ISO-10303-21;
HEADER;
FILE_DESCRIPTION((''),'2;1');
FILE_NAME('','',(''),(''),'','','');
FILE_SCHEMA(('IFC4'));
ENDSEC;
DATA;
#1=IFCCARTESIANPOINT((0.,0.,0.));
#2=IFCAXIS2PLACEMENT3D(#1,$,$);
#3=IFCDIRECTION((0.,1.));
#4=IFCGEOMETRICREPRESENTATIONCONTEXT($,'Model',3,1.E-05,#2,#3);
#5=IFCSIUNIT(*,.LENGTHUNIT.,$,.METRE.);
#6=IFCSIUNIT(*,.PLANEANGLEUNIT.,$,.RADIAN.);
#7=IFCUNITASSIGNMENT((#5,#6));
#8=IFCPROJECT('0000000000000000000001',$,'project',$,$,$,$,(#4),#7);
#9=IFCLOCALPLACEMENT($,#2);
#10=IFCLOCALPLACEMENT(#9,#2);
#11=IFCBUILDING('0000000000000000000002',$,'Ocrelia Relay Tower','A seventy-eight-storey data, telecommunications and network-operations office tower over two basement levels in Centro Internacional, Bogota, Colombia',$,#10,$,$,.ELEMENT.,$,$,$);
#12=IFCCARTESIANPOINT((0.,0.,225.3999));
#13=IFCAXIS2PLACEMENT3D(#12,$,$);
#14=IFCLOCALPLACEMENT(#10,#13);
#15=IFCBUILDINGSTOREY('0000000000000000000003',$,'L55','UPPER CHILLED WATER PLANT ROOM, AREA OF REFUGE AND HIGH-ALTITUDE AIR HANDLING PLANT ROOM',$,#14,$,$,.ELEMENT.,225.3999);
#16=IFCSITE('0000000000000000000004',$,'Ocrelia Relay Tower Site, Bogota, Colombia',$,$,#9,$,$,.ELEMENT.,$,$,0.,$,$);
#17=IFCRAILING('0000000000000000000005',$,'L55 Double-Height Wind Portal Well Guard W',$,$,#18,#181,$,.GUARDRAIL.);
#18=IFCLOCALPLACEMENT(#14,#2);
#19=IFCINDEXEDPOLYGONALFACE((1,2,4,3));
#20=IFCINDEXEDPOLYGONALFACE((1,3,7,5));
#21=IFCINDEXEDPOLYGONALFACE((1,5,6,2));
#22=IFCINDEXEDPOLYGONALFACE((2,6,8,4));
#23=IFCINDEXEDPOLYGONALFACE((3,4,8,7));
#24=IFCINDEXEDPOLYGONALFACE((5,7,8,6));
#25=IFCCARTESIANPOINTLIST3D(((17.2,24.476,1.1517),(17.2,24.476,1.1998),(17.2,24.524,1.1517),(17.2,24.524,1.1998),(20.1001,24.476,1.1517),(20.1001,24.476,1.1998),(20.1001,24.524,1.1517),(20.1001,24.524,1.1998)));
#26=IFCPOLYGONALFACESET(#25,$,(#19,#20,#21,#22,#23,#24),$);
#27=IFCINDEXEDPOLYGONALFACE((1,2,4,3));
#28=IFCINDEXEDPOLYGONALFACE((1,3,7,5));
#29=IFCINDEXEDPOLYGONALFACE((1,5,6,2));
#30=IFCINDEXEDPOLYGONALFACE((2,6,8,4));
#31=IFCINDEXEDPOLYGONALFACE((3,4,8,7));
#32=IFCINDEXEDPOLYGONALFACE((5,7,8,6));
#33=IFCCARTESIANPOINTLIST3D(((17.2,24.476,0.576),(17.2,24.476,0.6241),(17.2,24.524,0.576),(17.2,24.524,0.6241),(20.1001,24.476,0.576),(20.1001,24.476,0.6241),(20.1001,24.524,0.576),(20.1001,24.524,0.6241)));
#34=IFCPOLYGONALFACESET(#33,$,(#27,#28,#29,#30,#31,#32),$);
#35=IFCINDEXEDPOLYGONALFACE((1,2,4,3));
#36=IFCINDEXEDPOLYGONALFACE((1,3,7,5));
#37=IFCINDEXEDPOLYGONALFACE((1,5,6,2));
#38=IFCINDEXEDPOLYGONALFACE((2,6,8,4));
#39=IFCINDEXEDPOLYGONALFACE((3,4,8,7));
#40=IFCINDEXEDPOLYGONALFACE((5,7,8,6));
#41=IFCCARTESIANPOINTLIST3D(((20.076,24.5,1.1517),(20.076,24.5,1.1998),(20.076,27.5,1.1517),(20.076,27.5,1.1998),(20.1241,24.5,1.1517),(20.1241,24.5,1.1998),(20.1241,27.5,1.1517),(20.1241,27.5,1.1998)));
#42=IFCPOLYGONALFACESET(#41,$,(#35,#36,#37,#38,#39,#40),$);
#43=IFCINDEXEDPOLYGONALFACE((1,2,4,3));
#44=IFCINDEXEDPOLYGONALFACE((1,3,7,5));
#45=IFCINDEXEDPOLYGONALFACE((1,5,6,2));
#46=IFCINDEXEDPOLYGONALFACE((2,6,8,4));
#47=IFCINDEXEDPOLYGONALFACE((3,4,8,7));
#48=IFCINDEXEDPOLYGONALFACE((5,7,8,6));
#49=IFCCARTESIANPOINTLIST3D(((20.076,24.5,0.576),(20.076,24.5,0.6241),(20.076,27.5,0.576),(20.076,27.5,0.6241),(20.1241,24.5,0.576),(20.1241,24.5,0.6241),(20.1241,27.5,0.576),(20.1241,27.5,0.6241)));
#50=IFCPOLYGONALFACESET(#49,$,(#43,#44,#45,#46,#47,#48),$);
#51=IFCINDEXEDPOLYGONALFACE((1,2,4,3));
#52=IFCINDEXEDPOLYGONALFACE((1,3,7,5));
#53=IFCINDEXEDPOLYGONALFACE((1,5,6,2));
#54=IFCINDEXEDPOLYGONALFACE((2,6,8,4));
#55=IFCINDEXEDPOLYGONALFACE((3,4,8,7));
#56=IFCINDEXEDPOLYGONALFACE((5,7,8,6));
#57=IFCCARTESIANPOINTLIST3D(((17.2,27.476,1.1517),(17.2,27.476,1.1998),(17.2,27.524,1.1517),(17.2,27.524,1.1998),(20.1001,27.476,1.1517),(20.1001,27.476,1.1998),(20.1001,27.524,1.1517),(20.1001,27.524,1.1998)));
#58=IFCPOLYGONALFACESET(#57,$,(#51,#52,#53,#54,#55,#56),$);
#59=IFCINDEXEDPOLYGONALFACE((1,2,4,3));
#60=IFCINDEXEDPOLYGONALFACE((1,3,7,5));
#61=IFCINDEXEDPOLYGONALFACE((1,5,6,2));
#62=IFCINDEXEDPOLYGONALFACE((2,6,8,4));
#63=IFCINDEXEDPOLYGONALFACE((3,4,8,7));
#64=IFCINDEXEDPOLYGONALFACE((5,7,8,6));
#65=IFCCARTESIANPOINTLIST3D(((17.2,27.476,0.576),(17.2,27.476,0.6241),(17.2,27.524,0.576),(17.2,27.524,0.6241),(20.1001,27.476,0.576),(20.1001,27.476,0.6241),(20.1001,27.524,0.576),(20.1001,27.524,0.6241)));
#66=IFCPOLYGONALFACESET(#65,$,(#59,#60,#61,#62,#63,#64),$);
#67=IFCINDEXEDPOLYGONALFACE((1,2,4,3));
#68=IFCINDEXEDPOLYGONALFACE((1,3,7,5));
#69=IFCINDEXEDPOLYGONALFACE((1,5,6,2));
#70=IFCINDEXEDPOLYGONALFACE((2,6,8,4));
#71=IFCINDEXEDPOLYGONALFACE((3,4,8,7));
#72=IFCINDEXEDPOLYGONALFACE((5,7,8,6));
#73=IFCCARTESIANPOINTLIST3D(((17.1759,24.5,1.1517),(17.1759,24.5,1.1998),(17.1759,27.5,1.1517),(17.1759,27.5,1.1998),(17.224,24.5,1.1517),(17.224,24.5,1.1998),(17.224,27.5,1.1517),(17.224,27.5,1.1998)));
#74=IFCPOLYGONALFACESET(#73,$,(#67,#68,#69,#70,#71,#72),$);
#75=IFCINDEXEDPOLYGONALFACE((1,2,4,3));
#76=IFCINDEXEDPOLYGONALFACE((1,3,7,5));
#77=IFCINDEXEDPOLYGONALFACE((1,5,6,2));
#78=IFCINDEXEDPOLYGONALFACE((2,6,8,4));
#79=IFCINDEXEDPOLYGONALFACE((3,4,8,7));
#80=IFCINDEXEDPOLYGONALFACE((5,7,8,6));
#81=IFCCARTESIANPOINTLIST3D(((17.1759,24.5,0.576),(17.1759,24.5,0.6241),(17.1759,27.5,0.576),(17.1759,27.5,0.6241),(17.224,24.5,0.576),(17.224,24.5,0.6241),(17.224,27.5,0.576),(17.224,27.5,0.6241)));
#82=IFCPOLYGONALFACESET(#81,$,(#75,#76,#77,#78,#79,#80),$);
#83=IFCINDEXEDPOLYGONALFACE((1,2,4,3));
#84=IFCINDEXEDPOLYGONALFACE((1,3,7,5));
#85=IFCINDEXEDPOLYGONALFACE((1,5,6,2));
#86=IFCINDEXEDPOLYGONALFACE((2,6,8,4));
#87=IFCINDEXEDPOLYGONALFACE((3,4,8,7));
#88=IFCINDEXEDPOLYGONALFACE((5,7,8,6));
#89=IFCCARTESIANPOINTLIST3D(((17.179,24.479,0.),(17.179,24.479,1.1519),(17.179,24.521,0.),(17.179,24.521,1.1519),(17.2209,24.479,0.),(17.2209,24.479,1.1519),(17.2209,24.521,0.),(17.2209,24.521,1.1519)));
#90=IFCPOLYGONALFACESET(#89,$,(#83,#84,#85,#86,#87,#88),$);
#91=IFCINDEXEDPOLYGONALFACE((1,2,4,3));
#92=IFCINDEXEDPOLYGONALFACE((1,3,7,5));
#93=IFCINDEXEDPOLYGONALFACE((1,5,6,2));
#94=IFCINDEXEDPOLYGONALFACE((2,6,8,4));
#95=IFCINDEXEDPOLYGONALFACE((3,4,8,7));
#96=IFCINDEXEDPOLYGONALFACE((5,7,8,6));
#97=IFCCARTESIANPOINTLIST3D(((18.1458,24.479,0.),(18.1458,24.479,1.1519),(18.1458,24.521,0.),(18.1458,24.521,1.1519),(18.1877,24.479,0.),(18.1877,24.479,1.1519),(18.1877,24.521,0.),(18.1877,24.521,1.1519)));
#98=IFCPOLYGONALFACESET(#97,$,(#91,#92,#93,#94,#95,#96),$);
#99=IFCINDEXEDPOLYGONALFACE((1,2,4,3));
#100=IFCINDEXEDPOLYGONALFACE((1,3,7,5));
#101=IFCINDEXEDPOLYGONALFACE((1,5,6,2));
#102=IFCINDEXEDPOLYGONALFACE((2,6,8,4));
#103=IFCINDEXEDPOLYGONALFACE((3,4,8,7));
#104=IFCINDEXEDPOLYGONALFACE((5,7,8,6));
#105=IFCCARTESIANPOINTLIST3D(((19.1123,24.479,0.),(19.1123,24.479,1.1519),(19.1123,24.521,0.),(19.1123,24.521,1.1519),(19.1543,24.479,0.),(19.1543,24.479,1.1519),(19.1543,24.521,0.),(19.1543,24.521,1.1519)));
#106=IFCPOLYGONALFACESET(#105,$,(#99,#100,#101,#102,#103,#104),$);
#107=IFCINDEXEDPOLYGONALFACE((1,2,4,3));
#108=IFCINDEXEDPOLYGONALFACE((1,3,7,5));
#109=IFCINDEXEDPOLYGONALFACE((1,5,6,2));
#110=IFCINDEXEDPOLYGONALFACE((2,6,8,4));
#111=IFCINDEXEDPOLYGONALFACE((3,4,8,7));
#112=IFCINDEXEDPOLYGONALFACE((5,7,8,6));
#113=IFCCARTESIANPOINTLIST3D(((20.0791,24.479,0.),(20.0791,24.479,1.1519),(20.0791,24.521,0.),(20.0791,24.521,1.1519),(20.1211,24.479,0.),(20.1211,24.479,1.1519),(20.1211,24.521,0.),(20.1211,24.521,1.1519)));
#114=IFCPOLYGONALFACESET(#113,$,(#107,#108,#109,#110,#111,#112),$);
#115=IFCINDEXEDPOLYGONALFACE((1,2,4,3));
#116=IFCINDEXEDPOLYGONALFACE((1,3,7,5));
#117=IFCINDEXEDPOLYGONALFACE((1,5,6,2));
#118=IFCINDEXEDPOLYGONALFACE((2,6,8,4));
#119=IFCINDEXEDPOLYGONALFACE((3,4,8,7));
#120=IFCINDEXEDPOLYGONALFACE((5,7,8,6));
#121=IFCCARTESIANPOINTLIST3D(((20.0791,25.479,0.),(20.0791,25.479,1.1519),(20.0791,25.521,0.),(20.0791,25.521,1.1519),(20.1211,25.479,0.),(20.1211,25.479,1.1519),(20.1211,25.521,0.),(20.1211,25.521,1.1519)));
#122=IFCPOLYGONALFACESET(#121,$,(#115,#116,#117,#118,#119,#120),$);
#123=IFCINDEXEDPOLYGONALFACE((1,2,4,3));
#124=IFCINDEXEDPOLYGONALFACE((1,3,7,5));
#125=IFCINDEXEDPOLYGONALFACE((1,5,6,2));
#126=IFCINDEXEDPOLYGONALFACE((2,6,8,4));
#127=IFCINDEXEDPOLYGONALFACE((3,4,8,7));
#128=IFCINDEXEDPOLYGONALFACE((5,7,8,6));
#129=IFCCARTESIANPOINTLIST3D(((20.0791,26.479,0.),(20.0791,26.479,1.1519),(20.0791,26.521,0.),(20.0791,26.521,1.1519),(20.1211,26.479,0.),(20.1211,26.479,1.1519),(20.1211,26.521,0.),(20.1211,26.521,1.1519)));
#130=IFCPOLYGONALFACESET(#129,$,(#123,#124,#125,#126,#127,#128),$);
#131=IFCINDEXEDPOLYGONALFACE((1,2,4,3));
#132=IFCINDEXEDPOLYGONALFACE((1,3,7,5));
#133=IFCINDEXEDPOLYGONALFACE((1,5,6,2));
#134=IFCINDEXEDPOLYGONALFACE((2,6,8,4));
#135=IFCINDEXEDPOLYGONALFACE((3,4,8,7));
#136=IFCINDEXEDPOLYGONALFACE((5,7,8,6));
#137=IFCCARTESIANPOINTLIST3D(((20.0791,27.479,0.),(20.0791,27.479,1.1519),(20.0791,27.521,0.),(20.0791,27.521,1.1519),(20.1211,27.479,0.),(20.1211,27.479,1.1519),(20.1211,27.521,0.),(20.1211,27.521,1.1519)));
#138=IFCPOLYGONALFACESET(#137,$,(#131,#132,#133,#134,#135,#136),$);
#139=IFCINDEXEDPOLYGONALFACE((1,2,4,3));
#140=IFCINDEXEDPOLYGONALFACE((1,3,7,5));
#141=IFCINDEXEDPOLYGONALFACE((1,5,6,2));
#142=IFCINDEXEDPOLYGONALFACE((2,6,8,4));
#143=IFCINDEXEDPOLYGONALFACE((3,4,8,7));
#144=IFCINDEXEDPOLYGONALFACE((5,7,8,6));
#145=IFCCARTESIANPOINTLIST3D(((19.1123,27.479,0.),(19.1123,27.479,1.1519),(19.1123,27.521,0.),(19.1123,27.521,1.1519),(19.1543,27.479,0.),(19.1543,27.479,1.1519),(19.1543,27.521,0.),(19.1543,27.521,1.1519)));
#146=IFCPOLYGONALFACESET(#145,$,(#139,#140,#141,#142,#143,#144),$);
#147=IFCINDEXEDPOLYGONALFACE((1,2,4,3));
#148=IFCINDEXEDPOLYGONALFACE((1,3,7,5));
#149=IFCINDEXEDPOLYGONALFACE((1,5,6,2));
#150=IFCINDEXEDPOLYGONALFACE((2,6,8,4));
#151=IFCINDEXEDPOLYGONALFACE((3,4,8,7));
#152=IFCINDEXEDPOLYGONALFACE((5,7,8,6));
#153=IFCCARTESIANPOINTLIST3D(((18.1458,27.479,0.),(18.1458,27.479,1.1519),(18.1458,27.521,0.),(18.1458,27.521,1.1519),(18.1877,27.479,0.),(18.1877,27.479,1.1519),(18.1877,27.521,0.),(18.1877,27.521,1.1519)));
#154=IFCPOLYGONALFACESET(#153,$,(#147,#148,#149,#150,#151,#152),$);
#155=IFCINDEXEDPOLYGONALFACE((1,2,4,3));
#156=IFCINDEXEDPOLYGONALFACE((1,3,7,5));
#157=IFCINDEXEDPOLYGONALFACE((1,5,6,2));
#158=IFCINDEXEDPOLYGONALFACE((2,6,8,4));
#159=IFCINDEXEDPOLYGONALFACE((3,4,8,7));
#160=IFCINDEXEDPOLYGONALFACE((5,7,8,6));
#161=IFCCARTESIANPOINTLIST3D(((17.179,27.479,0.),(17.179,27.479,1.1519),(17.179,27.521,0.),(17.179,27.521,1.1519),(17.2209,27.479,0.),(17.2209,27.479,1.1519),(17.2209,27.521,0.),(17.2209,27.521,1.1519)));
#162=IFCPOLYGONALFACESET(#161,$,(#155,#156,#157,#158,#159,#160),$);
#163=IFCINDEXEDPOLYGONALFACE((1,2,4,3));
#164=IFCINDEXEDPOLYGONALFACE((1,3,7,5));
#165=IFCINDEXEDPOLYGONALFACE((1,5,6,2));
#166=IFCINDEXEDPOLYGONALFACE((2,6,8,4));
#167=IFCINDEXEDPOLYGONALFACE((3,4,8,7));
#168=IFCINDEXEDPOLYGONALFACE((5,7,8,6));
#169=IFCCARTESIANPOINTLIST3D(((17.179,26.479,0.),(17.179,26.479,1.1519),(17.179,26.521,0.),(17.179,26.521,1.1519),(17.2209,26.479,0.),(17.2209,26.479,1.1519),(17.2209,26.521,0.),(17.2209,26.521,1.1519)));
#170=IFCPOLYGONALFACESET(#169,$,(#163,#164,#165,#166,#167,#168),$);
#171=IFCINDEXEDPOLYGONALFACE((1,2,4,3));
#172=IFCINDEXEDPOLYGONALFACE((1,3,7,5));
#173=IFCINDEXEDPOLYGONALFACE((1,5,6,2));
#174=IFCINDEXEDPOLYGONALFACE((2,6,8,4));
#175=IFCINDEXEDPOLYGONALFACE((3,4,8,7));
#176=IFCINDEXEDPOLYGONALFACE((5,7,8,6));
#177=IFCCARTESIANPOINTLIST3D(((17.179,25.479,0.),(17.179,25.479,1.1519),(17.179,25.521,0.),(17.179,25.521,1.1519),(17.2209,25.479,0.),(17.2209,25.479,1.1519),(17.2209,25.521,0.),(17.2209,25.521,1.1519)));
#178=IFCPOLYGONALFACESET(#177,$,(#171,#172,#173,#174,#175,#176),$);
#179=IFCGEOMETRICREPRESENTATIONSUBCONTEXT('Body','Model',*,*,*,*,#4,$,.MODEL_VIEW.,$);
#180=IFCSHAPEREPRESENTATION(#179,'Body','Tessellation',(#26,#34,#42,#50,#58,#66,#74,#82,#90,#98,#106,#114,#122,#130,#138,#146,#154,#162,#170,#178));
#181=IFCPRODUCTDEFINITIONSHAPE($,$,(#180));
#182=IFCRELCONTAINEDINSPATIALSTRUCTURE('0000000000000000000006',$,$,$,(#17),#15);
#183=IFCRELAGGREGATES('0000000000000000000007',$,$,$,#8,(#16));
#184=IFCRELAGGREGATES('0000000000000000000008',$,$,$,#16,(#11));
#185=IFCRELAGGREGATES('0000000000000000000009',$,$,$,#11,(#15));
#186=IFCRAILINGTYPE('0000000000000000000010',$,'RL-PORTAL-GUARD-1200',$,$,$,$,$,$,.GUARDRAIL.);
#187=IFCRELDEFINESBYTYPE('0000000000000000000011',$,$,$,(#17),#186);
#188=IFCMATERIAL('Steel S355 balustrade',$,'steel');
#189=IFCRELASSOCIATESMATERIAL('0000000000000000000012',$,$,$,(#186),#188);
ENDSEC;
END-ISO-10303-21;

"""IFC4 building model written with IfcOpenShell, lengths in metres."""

from ifc_helpers import new_model, si_unit, direction, frame, origin, origin_2d, place, context, subcontext, project, spatial, rectangle, extrude, material, type_object, element, save


model = new_model("IFC4")

# Units and contexts
model_context = context("Model", 3, precision=1e-05, world=origin(), true_north=direction((0.0, 1.0)))
body_context = subcontext(model_context, "Body", "Model", "MODEL_VIEW")
ifc_project = project(units=[si_unit("LENGTHUNIT", "METRE"), si_unit("PLANEANGLEUNIT", "RADIAN")], contexts=[model_context])

# Site, building, storey
site_placement = place(None, origin())
site = spatial("IfcSite", under=ifc_project, at=site_placement, Name="Ocrelia Relay Tower Site, Bogota, Colombia", CompositionType="ELEMENT", RefElevation=0.0)
building_placement = place(site_placement, origin())
building = spatial("IfcBuilding", under=site, at=building_placement, Name="Ocrelia Relay Tower", Description="A seventy-eight-storey data, telecommunications and network-operations office tower over two basement levels in Centro Internacional, Bogota, Colombia", CompositionType="ELEMENT")
storey_placement = place(building_placement, frame((0.0, 0.0, 225.3999)))
storey = spatial("IfcBuildingStorey", under=building, at=storey_placement, Name="L55", Description="UPPER CHILLED WATER PLANT ROOM, AREA OF REFUGE AND HIGH-ALTITUDE AIR HANDLING PLANT ROOM", CompositionType="ELEMENT", Elevation=225.3999)

# Railing
ifc_material_1 = material(Name="Steel S355 balustrade", Category="steel")
railing_type = type_object("IfcRailingType", Name="RL-PORTAL-GUARD-1200", PredefinedType="GUARDRAIL", material=ifc_material_1)
railing_1_placement = place(storey_placement, frame((17.2, 24.5, 0.0)))
element("IfcRailing", 1, at=railing_1_placement, inside=storey, type_object=railing_type, Name="L55 Double-Height Wind Portal Well Guard W", PredefinedType="GUARDRAIL", context=body_context, shape_type="SweptSolid", body=[
    extrude(rectangle(XDim=0.0481, YDim=0.0481, at=origin_2d()), frame((0.0, 0.0, 1.1758), z_axis=(1.0, 0.0, 0.0), x_axis=(0.0, 1.0, 0.0)), (0.0, 0.0, 1.0), 2.9001),
    extrude(rectangle(XDim=0.0481, YDim=0.0481, at=origin_2d()), frame((0.0, 0.0, 0.6001), z_axis=(1.0, 0.0, 0.0), x_axis=(0.0, 1.0, 0.0)), (0.0, 0.0, 1.0), 2.9001),
    extrude(rectangle(XDim=0.0481, YDim=0.0481, at=origin_2d()), frame((2.9001, 0.0, 1.1758), z_axis=(0.0, 1.0, 0.0), x_axis=(-1.0, 0.0, 0.0)), (0.0, 0.0, 1.0), 3.0),
    extrude(rectangle(XDim=0.0481, YDim=0.0481, at=origin_2d()), frame((2.9001, 0.0, 0.6001), z_axis=(0.0, 1.0, 0.0), x_axis=(-1.0, 0.0, 0.0)), (0.0, 0.0, 1.0), 3.0),
    extrude(rectangle(XDim=0.0481, YDim=0.0481, at=origin_2d()), frame((2.9001, 3.0, 1.1758), z_axis=(-1.0, 0.0, 0.0), x_axis=(0.0, -1.0, 0.0)), (0.0, 0.0, 1.0), 2.9001),
    extrude(rectangle(XDim=0.0481, YDim=0.0481, at=origin_2d()), frame((2.9001, 3.0, 0.6001), z_axis=(-1.0, 0.0, 0.0), x_axis=(0.0, -1.0, 0.0)), (0.0, 0.0, 1.0), 2.9001),
    extrude(rectangle(XDim=0.0481, YDim=0.0481, at=origin_2d()), frame((0.0, 3.0, 1.1758), z_axis=(0.0, -1.0, 0.0), x_axis=(1.0, 0.0, 0.0)), (0.0, 0.0, 1.0), 3.0),
    extrude(rectangle(XDim=0.0481, YDim=0.0481, at=origin_2d()), frame((0.0, 3.0, 0.6001), z_axis=(0.0, -1.0, 0.0), x_axis=(1.0, 0.0, 0.0)), (0.0, 0.0, 1.0), 3.0),
    extrude(rectangle(XDim=0.042, YDim=0.042, at=origin_2d()), origin(), (0.0, 0.0, 1.0), 1.1519),
    extrude(rectangle(XDim=0.042, YDim=0.042, at=origin_2d()), frame((0.9668, 0.0, 0.0)), (0.0, 0.0, 1.0), 1.1519),
    extrude(rectangle(XDim=0.042, YDim=0.042, at=origin_2d()), frame((1.9333, 0.0, 0.0)), (0.0, 0.0, 1.0), 1.1519),
    extrude(rectangle(XDim=0.042, YDim=0.042, at=origin_2d()), frame((2.9001, 0.0, 0.0)), (0.0, 0.0, 1.0), 1.1519),
    extrude(rectangle(XDim=0.042, YDim=0.042, at=origin_2d()), frame((2.9001, 1.0, 0.0)), (0.0, 0.0, 1.0), 1.1519),
    extrude(rectangle(XDim=0.042, YDim=0.042, at=origin_2d()), frame((2.9001, 2.0, 0.0)), (0.0, 0.0, 1.0), 1.1519),
    extrude(rectangle(XDim=0.042, YDim=0.042, at=origin_2d()), frame((2.9001, 3.0, 0.0)), (0.0, 0.0, 1.0), 1.1519),
    extrude(rectangle(XDim=0.042, YDim=0.042, at=origin_2d()), frame((1.9333, 3.0, 0.0)), (0.0, 0.0, 1.0), 1.1519),
    extrude(rectangle(XDim=0.042, YDim=0.042, at=origin_2d()), frame((0.9668, 3.0, 0.0)), (0.0, 0.0, 1.0), 1.1519),
    extrude(rectangle(XDim=0.042, YDim=0.042, at=origin_2d()), frame((0.0, 3.0, 0.0)), (0.0, 0.0, 1.0), 1.1519),
    extrude(rectangle(XDim=0.042, YDim=0.042, at=origin_2d()), frame((0.0, 2.0, 0.0)), (0.0, 0.0, 1.0), 1.1519),
    extrude(rectangle(XDim=0.042, YDim=0.042, at=origin_2d()), frame((0.0, 1.0, 0.0)), (0.0, 0.0, 1.0), 1.1519),
])

save(model, "model.ifc")
